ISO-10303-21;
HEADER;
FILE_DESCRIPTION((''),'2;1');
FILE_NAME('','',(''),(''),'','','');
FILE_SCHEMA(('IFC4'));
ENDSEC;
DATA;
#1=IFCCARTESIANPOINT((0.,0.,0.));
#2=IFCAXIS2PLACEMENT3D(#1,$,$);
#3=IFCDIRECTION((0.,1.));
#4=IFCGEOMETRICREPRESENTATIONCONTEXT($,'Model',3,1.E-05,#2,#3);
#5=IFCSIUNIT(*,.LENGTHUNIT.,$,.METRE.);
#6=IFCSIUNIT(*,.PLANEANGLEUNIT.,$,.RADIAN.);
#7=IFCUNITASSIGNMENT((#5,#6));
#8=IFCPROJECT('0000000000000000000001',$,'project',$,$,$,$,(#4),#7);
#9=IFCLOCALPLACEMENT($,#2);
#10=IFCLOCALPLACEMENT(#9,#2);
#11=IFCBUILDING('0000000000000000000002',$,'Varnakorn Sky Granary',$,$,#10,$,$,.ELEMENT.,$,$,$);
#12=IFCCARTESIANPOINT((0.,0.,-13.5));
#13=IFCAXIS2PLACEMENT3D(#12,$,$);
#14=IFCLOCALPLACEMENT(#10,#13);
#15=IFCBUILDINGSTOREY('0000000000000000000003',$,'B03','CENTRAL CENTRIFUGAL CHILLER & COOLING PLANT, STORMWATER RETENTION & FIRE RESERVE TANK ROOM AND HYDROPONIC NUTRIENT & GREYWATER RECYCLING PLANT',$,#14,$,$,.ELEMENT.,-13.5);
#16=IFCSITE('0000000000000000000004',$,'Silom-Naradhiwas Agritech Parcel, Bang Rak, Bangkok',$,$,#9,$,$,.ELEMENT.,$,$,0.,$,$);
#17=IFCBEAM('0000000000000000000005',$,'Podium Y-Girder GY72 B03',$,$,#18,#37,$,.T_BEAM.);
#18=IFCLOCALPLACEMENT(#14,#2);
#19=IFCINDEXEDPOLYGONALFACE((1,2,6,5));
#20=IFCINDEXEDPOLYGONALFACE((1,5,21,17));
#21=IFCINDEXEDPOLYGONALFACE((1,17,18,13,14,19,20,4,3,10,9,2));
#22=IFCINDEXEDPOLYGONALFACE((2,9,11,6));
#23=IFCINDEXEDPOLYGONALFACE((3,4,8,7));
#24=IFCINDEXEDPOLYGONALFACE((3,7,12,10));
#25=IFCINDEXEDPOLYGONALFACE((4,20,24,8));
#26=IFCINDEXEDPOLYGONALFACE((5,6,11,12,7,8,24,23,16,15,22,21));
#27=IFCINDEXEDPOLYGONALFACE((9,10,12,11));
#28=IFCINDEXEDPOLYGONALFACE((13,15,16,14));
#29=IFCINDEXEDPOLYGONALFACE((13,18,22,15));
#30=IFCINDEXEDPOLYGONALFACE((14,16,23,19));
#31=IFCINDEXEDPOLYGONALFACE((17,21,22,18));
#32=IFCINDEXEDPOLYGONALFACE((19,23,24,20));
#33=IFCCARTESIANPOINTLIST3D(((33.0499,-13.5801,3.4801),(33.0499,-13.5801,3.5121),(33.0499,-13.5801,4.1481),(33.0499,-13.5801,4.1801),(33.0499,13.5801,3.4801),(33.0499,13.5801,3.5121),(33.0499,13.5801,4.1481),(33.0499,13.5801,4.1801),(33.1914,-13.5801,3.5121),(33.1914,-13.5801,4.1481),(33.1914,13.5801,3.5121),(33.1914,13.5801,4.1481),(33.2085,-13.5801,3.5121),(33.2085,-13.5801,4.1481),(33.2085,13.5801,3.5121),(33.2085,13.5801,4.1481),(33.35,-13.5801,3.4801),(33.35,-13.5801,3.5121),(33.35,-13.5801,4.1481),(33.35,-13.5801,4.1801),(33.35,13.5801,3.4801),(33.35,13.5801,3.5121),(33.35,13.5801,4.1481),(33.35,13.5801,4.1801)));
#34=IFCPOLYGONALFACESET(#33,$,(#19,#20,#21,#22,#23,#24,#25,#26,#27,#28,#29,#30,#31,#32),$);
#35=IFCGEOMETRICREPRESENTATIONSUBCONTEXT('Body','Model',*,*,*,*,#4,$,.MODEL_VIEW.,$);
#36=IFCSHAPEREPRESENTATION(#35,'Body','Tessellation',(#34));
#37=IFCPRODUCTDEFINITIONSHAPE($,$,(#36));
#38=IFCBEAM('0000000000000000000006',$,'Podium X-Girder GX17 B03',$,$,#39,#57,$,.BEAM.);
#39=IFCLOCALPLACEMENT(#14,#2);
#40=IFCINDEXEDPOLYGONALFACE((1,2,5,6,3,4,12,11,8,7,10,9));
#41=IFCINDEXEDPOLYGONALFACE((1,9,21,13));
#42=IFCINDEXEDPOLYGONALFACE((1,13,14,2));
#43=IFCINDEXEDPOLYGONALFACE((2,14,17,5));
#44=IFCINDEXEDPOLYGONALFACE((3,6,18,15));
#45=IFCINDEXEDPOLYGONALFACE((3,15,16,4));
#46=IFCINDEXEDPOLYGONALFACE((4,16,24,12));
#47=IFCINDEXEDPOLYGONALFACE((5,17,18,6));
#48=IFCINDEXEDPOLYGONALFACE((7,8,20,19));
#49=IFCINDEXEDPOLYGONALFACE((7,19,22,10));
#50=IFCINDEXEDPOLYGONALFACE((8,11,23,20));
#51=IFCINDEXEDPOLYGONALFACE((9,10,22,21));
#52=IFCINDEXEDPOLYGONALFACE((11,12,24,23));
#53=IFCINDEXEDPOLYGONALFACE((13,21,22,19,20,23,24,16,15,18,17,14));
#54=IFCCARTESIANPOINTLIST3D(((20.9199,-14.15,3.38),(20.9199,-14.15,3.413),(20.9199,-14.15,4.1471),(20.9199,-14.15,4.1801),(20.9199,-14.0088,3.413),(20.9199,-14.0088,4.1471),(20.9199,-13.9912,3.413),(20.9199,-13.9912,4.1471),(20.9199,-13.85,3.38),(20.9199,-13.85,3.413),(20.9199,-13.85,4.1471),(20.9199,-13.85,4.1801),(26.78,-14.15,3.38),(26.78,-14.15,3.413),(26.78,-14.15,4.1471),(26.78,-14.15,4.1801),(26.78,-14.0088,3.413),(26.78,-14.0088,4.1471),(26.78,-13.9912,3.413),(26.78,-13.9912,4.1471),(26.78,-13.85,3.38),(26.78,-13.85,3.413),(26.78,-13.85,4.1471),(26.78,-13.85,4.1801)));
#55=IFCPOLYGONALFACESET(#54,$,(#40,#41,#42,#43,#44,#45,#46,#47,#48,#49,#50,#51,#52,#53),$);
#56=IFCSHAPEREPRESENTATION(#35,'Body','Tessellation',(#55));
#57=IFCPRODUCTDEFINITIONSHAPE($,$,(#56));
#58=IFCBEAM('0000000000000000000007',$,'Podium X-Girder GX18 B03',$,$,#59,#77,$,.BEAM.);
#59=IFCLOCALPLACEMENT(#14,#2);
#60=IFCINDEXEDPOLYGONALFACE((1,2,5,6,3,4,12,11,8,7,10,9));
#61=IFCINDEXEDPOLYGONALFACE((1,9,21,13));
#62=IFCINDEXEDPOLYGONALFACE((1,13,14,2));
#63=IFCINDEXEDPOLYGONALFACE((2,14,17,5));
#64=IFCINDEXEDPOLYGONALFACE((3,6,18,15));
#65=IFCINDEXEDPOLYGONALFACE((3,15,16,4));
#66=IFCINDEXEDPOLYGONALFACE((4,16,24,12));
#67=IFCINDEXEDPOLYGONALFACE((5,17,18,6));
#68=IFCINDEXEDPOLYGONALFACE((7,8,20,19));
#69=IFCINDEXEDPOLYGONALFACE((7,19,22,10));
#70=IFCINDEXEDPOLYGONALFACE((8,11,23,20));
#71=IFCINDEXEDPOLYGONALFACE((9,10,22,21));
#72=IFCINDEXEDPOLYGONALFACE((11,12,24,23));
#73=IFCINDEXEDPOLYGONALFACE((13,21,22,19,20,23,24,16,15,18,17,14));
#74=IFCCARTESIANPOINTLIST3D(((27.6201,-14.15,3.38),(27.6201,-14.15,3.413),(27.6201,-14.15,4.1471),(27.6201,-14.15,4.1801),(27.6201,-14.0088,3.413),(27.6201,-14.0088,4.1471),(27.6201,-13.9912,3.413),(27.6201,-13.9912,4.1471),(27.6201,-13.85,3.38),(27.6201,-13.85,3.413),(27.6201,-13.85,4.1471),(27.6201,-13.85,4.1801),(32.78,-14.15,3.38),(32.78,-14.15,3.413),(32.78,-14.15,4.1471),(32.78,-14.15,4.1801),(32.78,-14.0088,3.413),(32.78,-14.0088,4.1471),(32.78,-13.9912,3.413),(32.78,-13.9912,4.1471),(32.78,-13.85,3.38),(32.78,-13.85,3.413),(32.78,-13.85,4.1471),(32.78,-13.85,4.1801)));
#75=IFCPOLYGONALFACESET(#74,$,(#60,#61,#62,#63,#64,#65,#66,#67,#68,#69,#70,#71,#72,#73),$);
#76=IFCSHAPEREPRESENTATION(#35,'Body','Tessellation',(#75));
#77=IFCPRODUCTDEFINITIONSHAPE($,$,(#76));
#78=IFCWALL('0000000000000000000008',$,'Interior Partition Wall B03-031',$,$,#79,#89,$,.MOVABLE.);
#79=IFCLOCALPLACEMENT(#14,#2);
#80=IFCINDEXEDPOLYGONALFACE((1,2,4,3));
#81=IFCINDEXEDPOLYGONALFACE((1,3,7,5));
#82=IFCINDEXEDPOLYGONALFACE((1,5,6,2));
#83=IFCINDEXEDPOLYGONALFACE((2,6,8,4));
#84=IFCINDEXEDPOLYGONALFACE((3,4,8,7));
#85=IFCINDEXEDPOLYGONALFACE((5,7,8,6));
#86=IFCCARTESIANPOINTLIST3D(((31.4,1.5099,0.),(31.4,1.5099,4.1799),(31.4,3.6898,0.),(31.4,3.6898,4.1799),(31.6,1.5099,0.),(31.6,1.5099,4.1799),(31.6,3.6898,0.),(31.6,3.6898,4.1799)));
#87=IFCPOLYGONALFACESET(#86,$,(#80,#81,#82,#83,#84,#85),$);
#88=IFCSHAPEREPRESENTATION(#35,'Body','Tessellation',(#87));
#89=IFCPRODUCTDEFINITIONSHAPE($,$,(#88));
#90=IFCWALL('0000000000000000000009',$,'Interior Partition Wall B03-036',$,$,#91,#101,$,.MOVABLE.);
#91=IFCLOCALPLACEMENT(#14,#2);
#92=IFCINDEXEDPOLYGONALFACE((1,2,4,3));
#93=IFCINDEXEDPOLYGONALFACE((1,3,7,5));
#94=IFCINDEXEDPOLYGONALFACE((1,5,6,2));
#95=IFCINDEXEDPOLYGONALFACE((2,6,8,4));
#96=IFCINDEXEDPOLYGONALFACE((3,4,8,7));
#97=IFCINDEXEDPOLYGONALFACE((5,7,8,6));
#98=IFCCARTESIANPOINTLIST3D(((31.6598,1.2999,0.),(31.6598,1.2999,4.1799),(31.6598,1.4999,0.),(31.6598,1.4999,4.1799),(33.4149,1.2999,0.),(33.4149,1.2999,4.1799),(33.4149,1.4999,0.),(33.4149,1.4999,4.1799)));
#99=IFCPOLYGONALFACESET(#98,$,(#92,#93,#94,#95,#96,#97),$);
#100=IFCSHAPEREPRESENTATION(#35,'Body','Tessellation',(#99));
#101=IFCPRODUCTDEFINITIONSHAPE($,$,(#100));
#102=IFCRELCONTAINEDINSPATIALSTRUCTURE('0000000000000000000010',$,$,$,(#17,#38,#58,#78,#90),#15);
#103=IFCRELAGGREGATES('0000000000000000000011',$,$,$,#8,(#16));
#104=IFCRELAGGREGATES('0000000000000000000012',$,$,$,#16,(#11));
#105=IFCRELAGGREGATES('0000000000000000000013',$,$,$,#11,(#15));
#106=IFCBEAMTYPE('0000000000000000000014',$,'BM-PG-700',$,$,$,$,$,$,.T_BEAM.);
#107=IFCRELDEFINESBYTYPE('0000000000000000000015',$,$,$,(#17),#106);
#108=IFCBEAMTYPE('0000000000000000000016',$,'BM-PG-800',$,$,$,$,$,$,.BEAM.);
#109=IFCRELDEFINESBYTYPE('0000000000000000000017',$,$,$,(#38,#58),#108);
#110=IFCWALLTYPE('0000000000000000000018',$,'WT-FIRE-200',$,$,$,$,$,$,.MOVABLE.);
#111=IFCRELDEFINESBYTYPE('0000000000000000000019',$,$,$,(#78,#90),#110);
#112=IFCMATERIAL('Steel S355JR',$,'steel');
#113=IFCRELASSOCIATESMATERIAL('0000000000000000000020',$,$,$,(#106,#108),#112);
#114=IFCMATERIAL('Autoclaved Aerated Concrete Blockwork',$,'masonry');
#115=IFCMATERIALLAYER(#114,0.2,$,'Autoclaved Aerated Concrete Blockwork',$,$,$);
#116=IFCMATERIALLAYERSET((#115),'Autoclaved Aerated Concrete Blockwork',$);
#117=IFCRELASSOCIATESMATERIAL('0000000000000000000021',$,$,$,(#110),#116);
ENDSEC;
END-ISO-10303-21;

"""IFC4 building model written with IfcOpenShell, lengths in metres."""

from ifc_helpers import new_model, si_unit, direction, frame, frame_2d, origin, origin_2d, place, context, subcontext, project, spatial, rectangle, i_section, extrude, material, layer, layer_set, material_profile, profile_set, type_object, element, save


model = new_model("IFC4")

# Units and contexts
model_context = context("Model", 3, precision=1e-05, world=origin(), true_north=direction((0.0, 1.0)))
body_context = subcontext(model_context, "Body", "Model", "MODEL_VIEW")
ifc_project = project(units=[si_unit("LENGTHUNIT", "METRE"), si_unit("PLANEANGLEUNIT", "RADIAN")], contexts=[model_context])

# Site, building, storey
site_placement = place(None, origin())
site = spatial("IfcSite", under=ifc_project, at=site_placement, Name="Silom-Naradhiwas Agritech Parcel, Bang Rak, Bangkok", CompositionType="ELEMENT", RefElevation=0.0)
building_placement = place(site_placement, origin())
building = spatial("IfcBuilding", under=site, at=building_placement, Name="Varnakorn Sky Granary", CompositionType="ELEMENT")
storey_placement = place(building_placement, frame((0.0, 0.0, -13.5)))
storey = spatial("IfcBuildingStorey", under=building, at=storey_placement, Name="B03", Description="CENTRAL CENTRIFUGAL CHILLER & COOLING PLANT, STORMWATER RETENTION & FIRE RESERVE TANK ROOM AND HYDROPONIC NUTRIENT & GREYWATER RECYCLING PLANT", CompositionType="ELEMENT", Elevation=-13.5)

# Beams
ifc_material_1 = material(Name="Steel S355JR", Category="steel")
ifc_material_profile_1 = material_profile(ifc_material_1, i_section(OverallWidth=0.3, OverallDepth=0.7, WebThickness=0.0171, FlangeThickness=0.032, at=origin_2d()), Name="HE 700 B")
ifc_profile_set_1 = profile_set([ifc_material_profile_1], Name="Steel S355JR")
beam_type_1 = type_object("IfcBeamType", Name="BM-PG-700", PredefinedType="T_BEAM", material=ifc_profile_set_1)
for number, where, z_axis, x_axis, name in (
    (1, (33.2, -13.5801, 3.8301), (0.0, 1.0, 0.0), (-1.0, 0.0, 0.0), "Podium Y-Girder GY72 B03"),
):
    element("IfcBeam", number, at=place(storey_placement, frame(where, z_axis=z_axis, x_axis=x_axis)), inside=storey, type_object=beam_type_1, Name=name, PredefinedType="T_BEAM", context=body_context, shape_type="SweptSolid", body=[
        extrude(i_section(OverallWidth=0.3, OverallDepth=0.7, WebThickness=0.0171, FlangeThickness=0.032, at=origin_2d()), origin(), (0.0, 0.0, 1.0), 27.1602),
    ])
ifc_material_profile_2 = material_profile(ifc_material_1, i_section(OverallWidth=0.3, OverallDepth=0.8, WebThickness=0.0176, FlangeThickness=0.033, at=origin_2d()), Name="HE 800 B")
ifc_profile_set_2 = profile_set([ifc_material_profile_2], Name="Steel S355JR")
beam_type_2 = type_object("IfcBeamType", Name="BM-PG-800", PredefinedType="BEAM", material=ifc_profile_set_2)
beam_1_placement = place(storey_placement, frame((20.9199, -14.0, 3.78), z_axis=(1.0, 0.0, 0.0), x_axis=(0.0, 1.0, 0.0)))
element("IfcBeam", 2, at=beam_1_placement, inside=storey, type_object=beam_type_2, Name="Podium X-Girder GX17 B03", PredefinedType="BEAM", context=body_context, shape_type="SweptSolid", body=[
    extrude(i_section(OverallWidth=0.3, OverallDepth=0.8, WebThickness=0.0176, FlangeThickness=0.033, at=origin_2d()), origin(), (0.0, 0.0, 1.0), 5.8601),
])
beam_2_placement = place(storey_placement, frame((27.6201, -14.0, 3.78), z_axis=(1.0, 0.0, 0.0), x_axis=(0.0, 1.0, 0.0)))
element("IfcBeam", 3, at=beam_2_placement, inside=storey, type_object=beam_type_2, Name="Podium X-Girder GX18 B03", PredefinedType="BEAM", context=body_context, shape_type="SweptSolid", body=[
    extrude(i_section(OverallWidth=0.3, OverallDepth=0.8, WebThickness=0.0176, FlangeThickness=0.033, at=origin_2d()), origin(), (0.0, 0.0, 1.0), 5.1599),
])

# Walls
ifc_material_2 = material(Name="Autoclaved Aerated Concrete Blockwork", Category="masonry")
ifc_layer = layer(ifc_material_2, 0.2, Name="Autoclaved Aerated Concrete Blockwork")
ifc_layer_set = layer_set([ifc_layer], Name="Autoclaved Aerated Concrete Blockwork")
wall_type = type_object("IfcWallType", Name="WT-FIRE-200", PredefinedType="MOVABLE", material=ifc_layer_set)
wall_1_placement = place(storey_placement, frame((31.5, 1.51, 0.0), z_axis=(0.0, 0.0, 1.0), x_axis=(0.0, 1.0, 0.0)))
element("IfcWall", 4, at=wall_1_placement, inside=storey, type_object=wall_type, Name="Interior Partition Wall B03-031", PredefinedType="MOVABLE", context=body_context, shape_type="SweptSolid", body=[
    extrude(rectangle(XDim=2.1799, YDim=0.2, at=frame_2d((1.0898, 0.0))), origin(), (0.0, 0.0, 1.0), 4.1799),
])
wall_2_placement = place(storey_placement, frame((31.6599, 1.3999, 0.0), z_axis=(0.0, 0.0, 1.0), x_axis=(1.0, 0.0, 0.0)))
element("IfcWall", 5, at=wall_2_placement, inside=storey, type_object=wall_type, Name="Interior Partition Wall B03-036", PredefinedType="MOVABLE", context=body_context, shape_type="SweptSolid", body=[
    extrude(rectangle(XDim=1.7551, YDim=0.2, at=frame_2d((0.8774, 0.0))), origin(), (0.0, 0.0, 1.0), 4.1799),
])

save(model, "model.ifc")
